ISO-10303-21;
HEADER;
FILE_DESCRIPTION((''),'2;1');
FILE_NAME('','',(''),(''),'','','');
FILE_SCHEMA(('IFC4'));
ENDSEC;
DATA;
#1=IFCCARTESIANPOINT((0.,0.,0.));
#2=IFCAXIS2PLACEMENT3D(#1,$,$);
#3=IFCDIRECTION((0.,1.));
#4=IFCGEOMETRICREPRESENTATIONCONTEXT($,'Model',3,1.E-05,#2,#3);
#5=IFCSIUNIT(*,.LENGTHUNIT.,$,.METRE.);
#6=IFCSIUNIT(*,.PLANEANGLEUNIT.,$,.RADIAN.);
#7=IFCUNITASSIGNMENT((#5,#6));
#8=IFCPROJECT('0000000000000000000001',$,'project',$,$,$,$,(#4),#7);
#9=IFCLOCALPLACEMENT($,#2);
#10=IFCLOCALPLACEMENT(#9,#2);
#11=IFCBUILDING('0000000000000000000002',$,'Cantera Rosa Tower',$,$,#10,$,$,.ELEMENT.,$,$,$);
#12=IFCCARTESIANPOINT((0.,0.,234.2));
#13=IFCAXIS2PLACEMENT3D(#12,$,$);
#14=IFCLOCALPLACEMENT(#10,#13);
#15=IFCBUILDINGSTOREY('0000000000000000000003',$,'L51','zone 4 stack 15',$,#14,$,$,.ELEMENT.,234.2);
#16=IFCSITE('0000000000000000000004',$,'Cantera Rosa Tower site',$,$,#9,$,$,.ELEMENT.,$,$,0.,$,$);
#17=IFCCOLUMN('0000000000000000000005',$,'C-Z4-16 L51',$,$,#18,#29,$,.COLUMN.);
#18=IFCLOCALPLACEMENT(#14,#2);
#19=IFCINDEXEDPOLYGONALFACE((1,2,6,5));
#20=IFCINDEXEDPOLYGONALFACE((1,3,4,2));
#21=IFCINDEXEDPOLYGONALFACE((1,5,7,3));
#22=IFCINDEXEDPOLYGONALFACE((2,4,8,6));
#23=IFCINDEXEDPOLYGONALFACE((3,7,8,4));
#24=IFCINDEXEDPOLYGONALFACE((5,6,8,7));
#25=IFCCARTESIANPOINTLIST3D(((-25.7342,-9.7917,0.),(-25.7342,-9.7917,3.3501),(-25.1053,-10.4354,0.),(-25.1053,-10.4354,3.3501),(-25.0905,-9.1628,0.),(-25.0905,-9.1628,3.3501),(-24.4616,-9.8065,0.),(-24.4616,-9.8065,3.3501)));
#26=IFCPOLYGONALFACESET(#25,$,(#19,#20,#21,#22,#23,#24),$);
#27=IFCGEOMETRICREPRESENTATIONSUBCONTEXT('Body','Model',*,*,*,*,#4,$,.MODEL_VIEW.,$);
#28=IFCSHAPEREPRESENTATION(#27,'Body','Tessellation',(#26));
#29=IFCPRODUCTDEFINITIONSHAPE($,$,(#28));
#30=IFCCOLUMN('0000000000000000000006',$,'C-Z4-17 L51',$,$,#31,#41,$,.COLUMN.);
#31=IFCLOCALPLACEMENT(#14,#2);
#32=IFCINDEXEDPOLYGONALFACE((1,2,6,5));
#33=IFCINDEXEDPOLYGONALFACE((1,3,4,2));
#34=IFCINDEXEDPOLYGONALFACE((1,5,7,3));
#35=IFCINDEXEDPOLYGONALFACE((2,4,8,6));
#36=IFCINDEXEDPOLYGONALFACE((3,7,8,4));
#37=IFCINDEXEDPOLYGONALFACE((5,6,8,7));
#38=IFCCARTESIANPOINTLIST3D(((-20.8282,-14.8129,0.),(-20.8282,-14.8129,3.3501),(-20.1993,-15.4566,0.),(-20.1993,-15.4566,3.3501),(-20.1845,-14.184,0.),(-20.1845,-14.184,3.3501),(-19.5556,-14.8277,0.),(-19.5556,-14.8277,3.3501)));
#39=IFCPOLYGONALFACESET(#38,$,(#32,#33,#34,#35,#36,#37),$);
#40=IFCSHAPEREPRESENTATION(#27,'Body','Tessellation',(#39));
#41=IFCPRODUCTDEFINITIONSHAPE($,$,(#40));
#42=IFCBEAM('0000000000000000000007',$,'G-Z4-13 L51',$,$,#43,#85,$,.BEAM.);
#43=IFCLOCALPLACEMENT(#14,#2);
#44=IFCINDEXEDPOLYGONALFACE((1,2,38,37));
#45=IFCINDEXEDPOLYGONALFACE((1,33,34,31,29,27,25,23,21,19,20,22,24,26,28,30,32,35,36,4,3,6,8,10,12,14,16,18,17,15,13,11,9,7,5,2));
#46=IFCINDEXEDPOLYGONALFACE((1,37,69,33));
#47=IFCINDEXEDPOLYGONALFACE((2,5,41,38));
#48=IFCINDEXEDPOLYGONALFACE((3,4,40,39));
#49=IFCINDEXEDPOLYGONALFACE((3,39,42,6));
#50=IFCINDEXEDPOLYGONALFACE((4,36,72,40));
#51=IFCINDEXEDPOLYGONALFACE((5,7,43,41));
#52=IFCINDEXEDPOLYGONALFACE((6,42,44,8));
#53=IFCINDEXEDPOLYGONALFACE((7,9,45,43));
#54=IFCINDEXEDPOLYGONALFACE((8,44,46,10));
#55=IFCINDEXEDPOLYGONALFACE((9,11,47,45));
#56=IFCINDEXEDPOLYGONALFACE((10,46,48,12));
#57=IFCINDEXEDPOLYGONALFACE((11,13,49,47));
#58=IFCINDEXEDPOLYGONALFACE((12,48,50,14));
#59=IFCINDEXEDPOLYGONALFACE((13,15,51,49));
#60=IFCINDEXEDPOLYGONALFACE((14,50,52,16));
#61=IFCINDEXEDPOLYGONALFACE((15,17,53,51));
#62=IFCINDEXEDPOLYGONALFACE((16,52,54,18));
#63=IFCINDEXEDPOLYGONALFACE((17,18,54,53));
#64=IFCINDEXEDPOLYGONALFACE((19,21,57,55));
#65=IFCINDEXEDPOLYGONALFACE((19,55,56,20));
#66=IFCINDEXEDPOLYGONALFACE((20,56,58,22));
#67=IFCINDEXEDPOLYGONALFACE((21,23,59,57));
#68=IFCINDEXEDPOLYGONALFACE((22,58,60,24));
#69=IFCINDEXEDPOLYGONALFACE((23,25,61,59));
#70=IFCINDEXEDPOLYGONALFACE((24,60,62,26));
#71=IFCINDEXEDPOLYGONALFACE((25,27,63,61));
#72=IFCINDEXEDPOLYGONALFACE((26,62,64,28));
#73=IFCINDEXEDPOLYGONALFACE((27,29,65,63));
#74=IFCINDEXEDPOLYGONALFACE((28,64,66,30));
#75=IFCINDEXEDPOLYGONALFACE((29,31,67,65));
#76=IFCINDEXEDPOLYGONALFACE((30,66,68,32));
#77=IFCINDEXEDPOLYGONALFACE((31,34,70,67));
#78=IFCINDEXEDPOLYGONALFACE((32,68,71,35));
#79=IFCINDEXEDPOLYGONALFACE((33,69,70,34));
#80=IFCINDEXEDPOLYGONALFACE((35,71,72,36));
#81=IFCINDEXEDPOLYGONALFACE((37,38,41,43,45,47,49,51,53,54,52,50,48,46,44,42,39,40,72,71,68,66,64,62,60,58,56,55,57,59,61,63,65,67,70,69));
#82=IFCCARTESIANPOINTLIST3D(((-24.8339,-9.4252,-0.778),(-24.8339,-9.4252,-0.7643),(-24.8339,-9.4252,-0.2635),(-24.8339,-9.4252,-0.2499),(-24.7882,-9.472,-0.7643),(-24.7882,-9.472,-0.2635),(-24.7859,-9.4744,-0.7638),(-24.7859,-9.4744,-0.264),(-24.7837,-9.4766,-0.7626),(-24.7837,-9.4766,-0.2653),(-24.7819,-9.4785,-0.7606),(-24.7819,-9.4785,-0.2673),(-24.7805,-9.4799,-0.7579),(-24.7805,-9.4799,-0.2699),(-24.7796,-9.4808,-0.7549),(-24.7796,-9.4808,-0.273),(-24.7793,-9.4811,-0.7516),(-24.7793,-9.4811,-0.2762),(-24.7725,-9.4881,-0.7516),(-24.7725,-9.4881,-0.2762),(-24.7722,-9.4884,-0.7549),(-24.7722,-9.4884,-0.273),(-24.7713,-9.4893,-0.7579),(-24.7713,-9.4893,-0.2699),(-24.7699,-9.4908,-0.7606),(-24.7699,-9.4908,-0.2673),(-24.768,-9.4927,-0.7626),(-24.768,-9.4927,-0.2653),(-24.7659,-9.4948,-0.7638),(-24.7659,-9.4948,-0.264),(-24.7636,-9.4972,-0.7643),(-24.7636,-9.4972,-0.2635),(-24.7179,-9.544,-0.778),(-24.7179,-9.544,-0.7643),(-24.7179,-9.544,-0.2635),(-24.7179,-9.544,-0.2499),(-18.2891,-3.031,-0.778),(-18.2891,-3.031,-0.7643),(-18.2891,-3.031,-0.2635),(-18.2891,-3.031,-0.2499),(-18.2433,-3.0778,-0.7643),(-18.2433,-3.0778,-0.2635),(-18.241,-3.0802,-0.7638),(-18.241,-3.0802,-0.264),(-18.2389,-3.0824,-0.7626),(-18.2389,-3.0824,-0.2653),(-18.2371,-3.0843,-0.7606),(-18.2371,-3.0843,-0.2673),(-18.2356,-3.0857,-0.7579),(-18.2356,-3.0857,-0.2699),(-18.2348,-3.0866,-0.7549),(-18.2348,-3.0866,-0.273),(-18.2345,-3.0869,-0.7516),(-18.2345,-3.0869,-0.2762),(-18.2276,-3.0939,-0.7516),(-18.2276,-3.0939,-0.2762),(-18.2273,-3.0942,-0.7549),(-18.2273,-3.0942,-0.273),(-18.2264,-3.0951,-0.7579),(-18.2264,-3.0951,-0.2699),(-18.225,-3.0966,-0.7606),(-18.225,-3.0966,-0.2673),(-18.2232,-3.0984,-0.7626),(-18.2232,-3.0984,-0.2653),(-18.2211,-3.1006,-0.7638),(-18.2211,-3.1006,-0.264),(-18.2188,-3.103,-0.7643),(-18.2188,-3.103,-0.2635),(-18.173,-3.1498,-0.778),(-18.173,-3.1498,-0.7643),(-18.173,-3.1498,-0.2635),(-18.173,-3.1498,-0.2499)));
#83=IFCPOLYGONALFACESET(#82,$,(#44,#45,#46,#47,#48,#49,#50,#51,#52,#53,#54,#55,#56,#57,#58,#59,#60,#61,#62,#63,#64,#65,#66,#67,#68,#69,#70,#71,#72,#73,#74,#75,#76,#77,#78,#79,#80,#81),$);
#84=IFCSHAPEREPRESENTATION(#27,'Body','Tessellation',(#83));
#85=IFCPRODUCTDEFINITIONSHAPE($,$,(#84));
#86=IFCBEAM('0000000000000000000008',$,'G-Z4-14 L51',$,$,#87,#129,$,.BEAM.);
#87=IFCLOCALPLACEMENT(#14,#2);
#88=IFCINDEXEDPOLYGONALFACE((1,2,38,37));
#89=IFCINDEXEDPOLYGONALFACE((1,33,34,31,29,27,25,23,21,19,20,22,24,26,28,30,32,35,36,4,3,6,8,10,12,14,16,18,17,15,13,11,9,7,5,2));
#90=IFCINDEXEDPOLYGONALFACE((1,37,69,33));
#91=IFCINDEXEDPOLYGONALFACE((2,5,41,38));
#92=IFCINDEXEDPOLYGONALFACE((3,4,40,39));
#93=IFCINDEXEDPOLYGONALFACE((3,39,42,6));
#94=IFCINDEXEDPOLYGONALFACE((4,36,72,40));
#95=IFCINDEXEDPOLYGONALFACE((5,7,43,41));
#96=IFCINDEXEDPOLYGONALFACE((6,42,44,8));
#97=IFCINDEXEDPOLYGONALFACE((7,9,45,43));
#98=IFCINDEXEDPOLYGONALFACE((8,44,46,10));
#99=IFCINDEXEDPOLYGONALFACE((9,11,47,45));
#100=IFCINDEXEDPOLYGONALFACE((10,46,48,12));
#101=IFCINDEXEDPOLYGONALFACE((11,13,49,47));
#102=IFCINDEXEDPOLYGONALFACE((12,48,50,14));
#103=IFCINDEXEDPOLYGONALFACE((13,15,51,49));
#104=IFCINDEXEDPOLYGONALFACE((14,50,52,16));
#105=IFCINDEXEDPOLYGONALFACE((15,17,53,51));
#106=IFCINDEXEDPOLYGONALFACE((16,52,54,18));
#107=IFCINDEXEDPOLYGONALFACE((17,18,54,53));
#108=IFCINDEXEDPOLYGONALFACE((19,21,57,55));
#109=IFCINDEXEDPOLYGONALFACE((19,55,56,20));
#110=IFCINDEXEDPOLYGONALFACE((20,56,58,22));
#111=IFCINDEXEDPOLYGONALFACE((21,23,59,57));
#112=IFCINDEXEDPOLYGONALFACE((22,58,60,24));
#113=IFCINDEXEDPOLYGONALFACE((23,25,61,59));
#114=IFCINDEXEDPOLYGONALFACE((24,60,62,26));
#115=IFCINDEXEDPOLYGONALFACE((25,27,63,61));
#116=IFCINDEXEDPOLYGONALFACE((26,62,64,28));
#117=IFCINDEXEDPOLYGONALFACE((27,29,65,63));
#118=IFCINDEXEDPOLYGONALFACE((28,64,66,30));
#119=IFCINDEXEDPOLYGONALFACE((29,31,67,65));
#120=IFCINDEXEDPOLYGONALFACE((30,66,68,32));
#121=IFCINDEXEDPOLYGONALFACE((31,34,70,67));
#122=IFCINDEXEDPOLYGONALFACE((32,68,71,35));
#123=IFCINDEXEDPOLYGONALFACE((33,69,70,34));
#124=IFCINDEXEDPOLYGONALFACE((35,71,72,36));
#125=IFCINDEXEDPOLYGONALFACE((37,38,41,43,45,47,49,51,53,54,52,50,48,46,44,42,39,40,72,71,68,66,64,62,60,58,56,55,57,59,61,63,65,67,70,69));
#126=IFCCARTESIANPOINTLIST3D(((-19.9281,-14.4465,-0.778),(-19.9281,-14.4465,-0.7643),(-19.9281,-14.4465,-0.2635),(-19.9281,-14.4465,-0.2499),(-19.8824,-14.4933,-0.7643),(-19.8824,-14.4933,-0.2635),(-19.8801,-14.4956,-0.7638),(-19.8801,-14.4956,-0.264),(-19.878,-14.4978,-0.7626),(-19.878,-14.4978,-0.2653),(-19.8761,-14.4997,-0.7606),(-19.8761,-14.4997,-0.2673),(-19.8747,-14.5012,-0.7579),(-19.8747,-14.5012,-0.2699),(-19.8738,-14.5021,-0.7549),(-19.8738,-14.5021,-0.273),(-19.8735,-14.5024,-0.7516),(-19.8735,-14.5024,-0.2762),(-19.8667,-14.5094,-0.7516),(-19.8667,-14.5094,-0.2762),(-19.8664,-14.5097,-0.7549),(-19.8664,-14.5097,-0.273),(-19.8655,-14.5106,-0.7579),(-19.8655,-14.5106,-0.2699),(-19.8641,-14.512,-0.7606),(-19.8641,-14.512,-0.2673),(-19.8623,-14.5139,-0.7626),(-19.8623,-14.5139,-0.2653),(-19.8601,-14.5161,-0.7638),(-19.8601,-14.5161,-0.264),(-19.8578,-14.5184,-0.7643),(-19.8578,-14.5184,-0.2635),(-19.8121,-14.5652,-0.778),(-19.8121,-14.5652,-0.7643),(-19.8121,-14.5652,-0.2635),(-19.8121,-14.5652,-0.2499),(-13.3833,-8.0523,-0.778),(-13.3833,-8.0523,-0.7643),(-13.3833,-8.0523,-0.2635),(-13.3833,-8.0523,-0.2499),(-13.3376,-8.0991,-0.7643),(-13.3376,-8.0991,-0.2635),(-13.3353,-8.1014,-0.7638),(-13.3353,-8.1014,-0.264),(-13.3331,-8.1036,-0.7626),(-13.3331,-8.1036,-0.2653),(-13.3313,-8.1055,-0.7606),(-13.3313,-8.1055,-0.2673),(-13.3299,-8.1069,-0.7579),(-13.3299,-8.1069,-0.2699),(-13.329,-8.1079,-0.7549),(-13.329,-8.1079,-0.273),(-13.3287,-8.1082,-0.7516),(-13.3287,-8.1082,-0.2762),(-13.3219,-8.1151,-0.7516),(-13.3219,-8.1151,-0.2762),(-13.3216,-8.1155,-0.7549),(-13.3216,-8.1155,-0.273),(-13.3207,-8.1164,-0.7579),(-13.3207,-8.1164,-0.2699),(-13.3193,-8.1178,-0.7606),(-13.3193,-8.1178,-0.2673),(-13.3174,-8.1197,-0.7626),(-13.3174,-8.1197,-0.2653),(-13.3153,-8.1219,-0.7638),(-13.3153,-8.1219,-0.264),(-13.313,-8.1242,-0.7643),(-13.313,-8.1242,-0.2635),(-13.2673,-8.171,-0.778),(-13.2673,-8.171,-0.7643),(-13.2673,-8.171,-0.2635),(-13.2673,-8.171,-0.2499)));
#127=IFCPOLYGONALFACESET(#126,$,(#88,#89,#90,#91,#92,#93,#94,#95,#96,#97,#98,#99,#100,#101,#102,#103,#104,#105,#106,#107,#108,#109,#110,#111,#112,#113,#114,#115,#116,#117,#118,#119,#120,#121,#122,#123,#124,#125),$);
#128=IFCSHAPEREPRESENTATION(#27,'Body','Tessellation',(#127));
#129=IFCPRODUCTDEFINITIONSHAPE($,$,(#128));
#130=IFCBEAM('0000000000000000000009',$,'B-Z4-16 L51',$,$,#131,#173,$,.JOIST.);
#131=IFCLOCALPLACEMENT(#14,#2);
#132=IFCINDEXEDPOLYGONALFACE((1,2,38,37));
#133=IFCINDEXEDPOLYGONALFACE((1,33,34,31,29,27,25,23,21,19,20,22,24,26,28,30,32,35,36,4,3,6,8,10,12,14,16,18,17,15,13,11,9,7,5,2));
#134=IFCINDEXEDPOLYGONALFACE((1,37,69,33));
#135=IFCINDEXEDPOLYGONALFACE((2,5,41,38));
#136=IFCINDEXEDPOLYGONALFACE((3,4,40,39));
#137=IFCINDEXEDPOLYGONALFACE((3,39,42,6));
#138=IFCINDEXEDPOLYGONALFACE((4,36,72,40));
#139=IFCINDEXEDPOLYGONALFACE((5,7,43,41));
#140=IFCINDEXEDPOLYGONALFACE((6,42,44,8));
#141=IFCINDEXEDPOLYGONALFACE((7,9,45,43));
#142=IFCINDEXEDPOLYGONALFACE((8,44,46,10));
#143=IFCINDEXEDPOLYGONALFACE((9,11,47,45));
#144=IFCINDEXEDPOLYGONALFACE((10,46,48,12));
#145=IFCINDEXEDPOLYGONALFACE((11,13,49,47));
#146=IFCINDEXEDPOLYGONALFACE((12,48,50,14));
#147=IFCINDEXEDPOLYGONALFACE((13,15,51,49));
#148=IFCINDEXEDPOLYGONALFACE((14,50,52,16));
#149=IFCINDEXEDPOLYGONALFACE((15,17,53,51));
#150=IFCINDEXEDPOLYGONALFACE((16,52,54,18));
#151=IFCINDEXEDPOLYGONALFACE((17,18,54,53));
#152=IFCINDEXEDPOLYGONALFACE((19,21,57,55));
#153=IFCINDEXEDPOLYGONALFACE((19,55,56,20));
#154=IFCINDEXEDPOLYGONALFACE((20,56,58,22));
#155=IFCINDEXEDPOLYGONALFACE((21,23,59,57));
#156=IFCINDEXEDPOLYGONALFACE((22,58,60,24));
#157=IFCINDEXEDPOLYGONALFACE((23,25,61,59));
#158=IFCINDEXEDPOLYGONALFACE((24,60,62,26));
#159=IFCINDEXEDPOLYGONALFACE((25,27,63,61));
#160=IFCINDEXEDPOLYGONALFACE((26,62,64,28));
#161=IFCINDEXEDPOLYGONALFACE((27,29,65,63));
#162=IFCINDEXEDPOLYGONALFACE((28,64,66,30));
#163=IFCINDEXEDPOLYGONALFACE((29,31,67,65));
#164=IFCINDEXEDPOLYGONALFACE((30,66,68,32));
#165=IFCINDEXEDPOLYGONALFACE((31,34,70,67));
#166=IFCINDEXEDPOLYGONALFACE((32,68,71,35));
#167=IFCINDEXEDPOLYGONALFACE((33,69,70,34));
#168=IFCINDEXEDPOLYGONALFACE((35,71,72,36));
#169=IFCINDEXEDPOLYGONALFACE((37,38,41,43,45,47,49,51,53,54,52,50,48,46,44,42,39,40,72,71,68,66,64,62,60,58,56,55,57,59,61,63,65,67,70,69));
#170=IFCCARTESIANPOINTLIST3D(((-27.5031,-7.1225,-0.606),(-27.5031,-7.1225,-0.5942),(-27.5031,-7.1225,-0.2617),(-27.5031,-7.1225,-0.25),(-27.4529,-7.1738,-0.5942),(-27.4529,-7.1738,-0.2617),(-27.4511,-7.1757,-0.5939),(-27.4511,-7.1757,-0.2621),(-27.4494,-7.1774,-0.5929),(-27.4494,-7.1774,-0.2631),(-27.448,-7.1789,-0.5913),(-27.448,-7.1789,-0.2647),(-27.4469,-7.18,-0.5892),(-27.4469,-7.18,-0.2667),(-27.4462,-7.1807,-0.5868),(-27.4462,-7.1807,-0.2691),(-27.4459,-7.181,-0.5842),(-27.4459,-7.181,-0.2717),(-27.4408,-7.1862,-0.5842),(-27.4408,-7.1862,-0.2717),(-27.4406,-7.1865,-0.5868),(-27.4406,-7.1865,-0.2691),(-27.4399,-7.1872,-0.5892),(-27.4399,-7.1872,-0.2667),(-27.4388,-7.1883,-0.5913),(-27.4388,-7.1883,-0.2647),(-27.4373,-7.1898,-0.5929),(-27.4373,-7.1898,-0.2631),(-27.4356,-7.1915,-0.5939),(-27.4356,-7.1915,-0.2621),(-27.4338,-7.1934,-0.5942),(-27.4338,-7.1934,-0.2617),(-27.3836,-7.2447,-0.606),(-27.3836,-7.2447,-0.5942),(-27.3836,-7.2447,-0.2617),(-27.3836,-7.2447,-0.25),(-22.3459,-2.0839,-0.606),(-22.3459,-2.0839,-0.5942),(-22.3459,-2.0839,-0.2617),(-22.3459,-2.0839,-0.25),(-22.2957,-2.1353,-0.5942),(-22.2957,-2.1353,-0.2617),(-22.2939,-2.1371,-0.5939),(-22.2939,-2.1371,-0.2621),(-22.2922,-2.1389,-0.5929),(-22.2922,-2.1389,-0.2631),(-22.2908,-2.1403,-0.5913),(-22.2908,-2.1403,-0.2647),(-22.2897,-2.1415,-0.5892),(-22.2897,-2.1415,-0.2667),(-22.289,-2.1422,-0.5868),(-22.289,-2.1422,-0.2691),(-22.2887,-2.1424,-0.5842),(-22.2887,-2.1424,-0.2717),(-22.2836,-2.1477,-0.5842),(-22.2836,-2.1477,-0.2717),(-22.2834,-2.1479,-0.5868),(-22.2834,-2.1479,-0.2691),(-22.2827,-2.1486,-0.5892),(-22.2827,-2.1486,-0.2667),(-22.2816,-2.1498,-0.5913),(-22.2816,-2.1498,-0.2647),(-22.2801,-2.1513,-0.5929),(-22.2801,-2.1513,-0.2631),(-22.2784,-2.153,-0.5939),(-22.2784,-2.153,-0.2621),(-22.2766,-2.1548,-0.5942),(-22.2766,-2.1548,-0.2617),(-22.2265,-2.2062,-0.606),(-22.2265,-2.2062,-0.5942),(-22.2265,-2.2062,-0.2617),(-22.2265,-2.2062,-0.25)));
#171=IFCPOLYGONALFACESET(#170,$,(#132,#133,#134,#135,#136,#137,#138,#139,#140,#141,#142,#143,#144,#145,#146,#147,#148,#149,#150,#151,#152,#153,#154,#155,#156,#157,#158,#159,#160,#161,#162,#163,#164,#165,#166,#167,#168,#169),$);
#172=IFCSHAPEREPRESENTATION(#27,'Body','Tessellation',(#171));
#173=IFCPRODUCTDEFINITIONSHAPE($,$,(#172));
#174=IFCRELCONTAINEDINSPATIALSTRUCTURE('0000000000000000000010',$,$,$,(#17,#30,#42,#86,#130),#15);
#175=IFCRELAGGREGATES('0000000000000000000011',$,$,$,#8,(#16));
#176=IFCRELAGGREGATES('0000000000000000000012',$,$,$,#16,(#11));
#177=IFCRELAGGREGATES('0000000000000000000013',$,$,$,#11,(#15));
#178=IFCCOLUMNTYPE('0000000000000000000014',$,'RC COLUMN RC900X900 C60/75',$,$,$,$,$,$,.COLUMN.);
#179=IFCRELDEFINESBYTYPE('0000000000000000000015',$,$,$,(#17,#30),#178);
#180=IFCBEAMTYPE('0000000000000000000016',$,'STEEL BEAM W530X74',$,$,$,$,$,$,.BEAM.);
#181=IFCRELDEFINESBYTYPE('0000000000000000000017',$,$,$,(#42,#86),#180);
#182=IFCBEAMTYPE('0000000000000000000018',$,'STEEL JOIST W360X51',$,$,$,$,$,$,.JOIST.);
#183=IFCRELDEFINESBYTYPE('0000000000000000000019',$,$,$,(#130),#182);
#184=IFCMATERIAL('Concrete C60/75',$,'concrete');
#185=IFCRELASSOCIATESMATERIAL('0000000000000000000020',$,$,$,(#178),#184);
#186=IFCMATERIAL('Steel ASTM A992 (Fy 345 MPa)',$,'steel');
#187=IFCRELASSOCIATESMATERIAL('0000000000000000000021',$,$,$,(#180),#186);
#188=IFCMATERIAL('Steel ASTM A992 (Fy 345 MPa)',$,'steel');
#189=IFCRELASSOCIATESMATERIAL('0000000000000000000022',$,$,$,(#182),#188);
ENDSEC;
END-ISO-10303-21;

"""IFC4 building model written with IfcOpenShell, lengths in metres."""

from ifc_helpers import new_model, si_unit, direction, frame, origin, origin_2d, place, context, subcontext, project, spatial, rectangle, i_section, extrude, material, material_profile, profile_set, type_object, element, save


model = new_model("IFC4")

# Units and contexts
model_context = context("Model", 3, precision=1e-05, world=origin(), true_north=direction((0.0, 1.0)))
body_context = subcontext(model_context, "Body", "Model", "MODEL_VIEW")
ifc_project = project(units=[si_unit("LENGTHUNIT", "METRE"), si_unit("PLANEANGLEUNIT", "RADIAN")], contexts=[model_context])

# Site, building, storey
site_placement = place(None, origin())
site = spatial("IfcSite", under=ifc_project, at=site_placement, Name="Cantera Rosa Tower site", CompositionType="ELEMENT", RefElevation=0.0)
building_placement = place(site_placement, origin())
building = spatial("IfcBuilding", under=site, at=building_placement, Name="Cantera Rosa Tower", CompositionType="ELEMENT")
storey_placement = place(building_placement, frame((0.0, 0.0, 234.2)))
storey = spatial("IfcBuildingStorey", under=building, at=storey_placement, Name="L51", Description="zone 4 stack 15", CompositionType="ELEMENT", Elevation=234.2)

# Columns
ifc_material_1 = material(Name="Concrete C60/75", Category="concrete")
ifc_material_profile_1 = material_profile(ifc_material_1, rectangle(XDim=0.8999, YDim=0.8999, at=origin_2d()), Name="RC COLUMN RC900X900 C60/75")
ifc_profile_set_1 = profile_set([ifc_material_profile_1], Name="Concrete C60/75")
column_type = type_object("IfcColumnType", Name="RC COLUMN RC900X900 C60/75", PredefinedType="COLUMN", material=ifc_profile_set_1)
for number, where, z_axis, x_axis, name in (
    (1, (-25.0979, -9.7991, 0.0), (0.0, 0.0, 1.0), (0.715286, 0.698832, 0.0), "C-Z4-16 L51"),
    (2, (-20.1919, -14.8203, 0.0), (0.0, 0.0, 1.0), (0.715286, 0.698832, 0.0), "C-Z4-17 L51"),
):
    element("IfcColumn", number, at=place(storey_placement, frame(where, z_axis=z_axis, x_axis=x_axis)), inside=storey, type_object=column_type, Name=name, PredefinedType="COLUMN", context=body_context, shape_type="SweptSolid", body=[
        extrude(rectangle(XDim=0.8999, YDim=0.8999, at=origin_2d()), origin(), (0.0, 0.0, 1.0), 3.3501),
    ])

# Beams
ifc_material_2 = material(Name="Steel ASTM A992 (Fy 345 MPa)", Category="steel")
ifc_material_profile_2 = material_profile(ifc_material_2, i_section(OverallWidth=0.166, OverallDepth=0.5281, WebThickness=0.0098, FlangeThickness=0.0137, FilletRadius=0.0127, at=origin_2d()), Name="W530X74")
ifc_profile_set_2 = profile_set([ifc_material_profile_2], Name="Steel ASTM A992 (Fy 345 MPa)")
beam_type_1 = type_object("IfcBeamType", Name="STEEL BEAM W530X74", PredefinedType="BEAM", material=ifc_profile_set_2)
for number, where, z_axis, x_axis, name in (
    (3, (-24.7759, -9.4846, -0.5139), (0.71529, 0.698827, 0.0), (-0.698827, 0.71529, 0.0), "G-Z4-13 L51"),
    (4, (-19.8701, -14.5059, -0.5139), (0.71529, 0.698827, 0.0), (-0.698827, 0.71529, 0.0), "G-Z4-14 L51"),
):
    element("IfcBeam", number, at=place(storey_placement, frame(where, z_axis=z_axis, x_axis=x_axis)), inside=storey, type_object=beam_type_1, Name=name, PredefinedType="BEAM", context=body_context, shape_type="SweptSolid", body=[
        extrude(i_section(OverallWidth=0.166, OverallDepth=0.5281, WebThickness=0.0098, FlangeThickness=0.0137, FilletRadius=0.0127, at=origin_2d()), origin(), (0.0, 0.0, 1.0), 9.1499),
    ])
ifc_material_3 = material(Name="Steel ASTM A992 (Fy 345 MPa)", Category="steel")
ifc_material_profile_3 = material_profile(ifc_material_3, i_section(OverallWidth=0.1709, OverallDepth=0.356, WebThickness=0.0073, FlangeThickness=0.0117, FilletRadius=0.01, at=origin_2d()), Name="W360X51")
ifc_profile_set_3 = profile_set([ifc_material_profile_3], Name="Steel ASTM A992 (Fy 345 MPa)")
beam_type_2 = type_object("IfcBeamType", Name="STEEL JOIST W360X51", PredefinedType="JOIST", material=ifc_profile_set_3)
beam_1_placement = place(storey_placement, frame((-27.4434, -7.1836, -0.428), z_axis=(0.715287, 0.698831, 0.0), x_axis=(-0.698831, 0.715287, 0.0)))
element("IfcBeam", 5, at=beam_1_placement, inside=storey, type_object=beam_type_2, Name="B-Z4-16 L51", PredefinedType="JOIST", context=body_context, shape_type="SweptSolid", body=[
    extrude(i_section(OverallWidth=0.1709, OverallDepth=0.356, WebThickness=0.0073, FlangeThickness=0.0117, FilletRadius=0.01, at=origin_2d()), origin(), (0.0, 0.0, 1.0), 7.21),
])

save(model, "model.ifc")
